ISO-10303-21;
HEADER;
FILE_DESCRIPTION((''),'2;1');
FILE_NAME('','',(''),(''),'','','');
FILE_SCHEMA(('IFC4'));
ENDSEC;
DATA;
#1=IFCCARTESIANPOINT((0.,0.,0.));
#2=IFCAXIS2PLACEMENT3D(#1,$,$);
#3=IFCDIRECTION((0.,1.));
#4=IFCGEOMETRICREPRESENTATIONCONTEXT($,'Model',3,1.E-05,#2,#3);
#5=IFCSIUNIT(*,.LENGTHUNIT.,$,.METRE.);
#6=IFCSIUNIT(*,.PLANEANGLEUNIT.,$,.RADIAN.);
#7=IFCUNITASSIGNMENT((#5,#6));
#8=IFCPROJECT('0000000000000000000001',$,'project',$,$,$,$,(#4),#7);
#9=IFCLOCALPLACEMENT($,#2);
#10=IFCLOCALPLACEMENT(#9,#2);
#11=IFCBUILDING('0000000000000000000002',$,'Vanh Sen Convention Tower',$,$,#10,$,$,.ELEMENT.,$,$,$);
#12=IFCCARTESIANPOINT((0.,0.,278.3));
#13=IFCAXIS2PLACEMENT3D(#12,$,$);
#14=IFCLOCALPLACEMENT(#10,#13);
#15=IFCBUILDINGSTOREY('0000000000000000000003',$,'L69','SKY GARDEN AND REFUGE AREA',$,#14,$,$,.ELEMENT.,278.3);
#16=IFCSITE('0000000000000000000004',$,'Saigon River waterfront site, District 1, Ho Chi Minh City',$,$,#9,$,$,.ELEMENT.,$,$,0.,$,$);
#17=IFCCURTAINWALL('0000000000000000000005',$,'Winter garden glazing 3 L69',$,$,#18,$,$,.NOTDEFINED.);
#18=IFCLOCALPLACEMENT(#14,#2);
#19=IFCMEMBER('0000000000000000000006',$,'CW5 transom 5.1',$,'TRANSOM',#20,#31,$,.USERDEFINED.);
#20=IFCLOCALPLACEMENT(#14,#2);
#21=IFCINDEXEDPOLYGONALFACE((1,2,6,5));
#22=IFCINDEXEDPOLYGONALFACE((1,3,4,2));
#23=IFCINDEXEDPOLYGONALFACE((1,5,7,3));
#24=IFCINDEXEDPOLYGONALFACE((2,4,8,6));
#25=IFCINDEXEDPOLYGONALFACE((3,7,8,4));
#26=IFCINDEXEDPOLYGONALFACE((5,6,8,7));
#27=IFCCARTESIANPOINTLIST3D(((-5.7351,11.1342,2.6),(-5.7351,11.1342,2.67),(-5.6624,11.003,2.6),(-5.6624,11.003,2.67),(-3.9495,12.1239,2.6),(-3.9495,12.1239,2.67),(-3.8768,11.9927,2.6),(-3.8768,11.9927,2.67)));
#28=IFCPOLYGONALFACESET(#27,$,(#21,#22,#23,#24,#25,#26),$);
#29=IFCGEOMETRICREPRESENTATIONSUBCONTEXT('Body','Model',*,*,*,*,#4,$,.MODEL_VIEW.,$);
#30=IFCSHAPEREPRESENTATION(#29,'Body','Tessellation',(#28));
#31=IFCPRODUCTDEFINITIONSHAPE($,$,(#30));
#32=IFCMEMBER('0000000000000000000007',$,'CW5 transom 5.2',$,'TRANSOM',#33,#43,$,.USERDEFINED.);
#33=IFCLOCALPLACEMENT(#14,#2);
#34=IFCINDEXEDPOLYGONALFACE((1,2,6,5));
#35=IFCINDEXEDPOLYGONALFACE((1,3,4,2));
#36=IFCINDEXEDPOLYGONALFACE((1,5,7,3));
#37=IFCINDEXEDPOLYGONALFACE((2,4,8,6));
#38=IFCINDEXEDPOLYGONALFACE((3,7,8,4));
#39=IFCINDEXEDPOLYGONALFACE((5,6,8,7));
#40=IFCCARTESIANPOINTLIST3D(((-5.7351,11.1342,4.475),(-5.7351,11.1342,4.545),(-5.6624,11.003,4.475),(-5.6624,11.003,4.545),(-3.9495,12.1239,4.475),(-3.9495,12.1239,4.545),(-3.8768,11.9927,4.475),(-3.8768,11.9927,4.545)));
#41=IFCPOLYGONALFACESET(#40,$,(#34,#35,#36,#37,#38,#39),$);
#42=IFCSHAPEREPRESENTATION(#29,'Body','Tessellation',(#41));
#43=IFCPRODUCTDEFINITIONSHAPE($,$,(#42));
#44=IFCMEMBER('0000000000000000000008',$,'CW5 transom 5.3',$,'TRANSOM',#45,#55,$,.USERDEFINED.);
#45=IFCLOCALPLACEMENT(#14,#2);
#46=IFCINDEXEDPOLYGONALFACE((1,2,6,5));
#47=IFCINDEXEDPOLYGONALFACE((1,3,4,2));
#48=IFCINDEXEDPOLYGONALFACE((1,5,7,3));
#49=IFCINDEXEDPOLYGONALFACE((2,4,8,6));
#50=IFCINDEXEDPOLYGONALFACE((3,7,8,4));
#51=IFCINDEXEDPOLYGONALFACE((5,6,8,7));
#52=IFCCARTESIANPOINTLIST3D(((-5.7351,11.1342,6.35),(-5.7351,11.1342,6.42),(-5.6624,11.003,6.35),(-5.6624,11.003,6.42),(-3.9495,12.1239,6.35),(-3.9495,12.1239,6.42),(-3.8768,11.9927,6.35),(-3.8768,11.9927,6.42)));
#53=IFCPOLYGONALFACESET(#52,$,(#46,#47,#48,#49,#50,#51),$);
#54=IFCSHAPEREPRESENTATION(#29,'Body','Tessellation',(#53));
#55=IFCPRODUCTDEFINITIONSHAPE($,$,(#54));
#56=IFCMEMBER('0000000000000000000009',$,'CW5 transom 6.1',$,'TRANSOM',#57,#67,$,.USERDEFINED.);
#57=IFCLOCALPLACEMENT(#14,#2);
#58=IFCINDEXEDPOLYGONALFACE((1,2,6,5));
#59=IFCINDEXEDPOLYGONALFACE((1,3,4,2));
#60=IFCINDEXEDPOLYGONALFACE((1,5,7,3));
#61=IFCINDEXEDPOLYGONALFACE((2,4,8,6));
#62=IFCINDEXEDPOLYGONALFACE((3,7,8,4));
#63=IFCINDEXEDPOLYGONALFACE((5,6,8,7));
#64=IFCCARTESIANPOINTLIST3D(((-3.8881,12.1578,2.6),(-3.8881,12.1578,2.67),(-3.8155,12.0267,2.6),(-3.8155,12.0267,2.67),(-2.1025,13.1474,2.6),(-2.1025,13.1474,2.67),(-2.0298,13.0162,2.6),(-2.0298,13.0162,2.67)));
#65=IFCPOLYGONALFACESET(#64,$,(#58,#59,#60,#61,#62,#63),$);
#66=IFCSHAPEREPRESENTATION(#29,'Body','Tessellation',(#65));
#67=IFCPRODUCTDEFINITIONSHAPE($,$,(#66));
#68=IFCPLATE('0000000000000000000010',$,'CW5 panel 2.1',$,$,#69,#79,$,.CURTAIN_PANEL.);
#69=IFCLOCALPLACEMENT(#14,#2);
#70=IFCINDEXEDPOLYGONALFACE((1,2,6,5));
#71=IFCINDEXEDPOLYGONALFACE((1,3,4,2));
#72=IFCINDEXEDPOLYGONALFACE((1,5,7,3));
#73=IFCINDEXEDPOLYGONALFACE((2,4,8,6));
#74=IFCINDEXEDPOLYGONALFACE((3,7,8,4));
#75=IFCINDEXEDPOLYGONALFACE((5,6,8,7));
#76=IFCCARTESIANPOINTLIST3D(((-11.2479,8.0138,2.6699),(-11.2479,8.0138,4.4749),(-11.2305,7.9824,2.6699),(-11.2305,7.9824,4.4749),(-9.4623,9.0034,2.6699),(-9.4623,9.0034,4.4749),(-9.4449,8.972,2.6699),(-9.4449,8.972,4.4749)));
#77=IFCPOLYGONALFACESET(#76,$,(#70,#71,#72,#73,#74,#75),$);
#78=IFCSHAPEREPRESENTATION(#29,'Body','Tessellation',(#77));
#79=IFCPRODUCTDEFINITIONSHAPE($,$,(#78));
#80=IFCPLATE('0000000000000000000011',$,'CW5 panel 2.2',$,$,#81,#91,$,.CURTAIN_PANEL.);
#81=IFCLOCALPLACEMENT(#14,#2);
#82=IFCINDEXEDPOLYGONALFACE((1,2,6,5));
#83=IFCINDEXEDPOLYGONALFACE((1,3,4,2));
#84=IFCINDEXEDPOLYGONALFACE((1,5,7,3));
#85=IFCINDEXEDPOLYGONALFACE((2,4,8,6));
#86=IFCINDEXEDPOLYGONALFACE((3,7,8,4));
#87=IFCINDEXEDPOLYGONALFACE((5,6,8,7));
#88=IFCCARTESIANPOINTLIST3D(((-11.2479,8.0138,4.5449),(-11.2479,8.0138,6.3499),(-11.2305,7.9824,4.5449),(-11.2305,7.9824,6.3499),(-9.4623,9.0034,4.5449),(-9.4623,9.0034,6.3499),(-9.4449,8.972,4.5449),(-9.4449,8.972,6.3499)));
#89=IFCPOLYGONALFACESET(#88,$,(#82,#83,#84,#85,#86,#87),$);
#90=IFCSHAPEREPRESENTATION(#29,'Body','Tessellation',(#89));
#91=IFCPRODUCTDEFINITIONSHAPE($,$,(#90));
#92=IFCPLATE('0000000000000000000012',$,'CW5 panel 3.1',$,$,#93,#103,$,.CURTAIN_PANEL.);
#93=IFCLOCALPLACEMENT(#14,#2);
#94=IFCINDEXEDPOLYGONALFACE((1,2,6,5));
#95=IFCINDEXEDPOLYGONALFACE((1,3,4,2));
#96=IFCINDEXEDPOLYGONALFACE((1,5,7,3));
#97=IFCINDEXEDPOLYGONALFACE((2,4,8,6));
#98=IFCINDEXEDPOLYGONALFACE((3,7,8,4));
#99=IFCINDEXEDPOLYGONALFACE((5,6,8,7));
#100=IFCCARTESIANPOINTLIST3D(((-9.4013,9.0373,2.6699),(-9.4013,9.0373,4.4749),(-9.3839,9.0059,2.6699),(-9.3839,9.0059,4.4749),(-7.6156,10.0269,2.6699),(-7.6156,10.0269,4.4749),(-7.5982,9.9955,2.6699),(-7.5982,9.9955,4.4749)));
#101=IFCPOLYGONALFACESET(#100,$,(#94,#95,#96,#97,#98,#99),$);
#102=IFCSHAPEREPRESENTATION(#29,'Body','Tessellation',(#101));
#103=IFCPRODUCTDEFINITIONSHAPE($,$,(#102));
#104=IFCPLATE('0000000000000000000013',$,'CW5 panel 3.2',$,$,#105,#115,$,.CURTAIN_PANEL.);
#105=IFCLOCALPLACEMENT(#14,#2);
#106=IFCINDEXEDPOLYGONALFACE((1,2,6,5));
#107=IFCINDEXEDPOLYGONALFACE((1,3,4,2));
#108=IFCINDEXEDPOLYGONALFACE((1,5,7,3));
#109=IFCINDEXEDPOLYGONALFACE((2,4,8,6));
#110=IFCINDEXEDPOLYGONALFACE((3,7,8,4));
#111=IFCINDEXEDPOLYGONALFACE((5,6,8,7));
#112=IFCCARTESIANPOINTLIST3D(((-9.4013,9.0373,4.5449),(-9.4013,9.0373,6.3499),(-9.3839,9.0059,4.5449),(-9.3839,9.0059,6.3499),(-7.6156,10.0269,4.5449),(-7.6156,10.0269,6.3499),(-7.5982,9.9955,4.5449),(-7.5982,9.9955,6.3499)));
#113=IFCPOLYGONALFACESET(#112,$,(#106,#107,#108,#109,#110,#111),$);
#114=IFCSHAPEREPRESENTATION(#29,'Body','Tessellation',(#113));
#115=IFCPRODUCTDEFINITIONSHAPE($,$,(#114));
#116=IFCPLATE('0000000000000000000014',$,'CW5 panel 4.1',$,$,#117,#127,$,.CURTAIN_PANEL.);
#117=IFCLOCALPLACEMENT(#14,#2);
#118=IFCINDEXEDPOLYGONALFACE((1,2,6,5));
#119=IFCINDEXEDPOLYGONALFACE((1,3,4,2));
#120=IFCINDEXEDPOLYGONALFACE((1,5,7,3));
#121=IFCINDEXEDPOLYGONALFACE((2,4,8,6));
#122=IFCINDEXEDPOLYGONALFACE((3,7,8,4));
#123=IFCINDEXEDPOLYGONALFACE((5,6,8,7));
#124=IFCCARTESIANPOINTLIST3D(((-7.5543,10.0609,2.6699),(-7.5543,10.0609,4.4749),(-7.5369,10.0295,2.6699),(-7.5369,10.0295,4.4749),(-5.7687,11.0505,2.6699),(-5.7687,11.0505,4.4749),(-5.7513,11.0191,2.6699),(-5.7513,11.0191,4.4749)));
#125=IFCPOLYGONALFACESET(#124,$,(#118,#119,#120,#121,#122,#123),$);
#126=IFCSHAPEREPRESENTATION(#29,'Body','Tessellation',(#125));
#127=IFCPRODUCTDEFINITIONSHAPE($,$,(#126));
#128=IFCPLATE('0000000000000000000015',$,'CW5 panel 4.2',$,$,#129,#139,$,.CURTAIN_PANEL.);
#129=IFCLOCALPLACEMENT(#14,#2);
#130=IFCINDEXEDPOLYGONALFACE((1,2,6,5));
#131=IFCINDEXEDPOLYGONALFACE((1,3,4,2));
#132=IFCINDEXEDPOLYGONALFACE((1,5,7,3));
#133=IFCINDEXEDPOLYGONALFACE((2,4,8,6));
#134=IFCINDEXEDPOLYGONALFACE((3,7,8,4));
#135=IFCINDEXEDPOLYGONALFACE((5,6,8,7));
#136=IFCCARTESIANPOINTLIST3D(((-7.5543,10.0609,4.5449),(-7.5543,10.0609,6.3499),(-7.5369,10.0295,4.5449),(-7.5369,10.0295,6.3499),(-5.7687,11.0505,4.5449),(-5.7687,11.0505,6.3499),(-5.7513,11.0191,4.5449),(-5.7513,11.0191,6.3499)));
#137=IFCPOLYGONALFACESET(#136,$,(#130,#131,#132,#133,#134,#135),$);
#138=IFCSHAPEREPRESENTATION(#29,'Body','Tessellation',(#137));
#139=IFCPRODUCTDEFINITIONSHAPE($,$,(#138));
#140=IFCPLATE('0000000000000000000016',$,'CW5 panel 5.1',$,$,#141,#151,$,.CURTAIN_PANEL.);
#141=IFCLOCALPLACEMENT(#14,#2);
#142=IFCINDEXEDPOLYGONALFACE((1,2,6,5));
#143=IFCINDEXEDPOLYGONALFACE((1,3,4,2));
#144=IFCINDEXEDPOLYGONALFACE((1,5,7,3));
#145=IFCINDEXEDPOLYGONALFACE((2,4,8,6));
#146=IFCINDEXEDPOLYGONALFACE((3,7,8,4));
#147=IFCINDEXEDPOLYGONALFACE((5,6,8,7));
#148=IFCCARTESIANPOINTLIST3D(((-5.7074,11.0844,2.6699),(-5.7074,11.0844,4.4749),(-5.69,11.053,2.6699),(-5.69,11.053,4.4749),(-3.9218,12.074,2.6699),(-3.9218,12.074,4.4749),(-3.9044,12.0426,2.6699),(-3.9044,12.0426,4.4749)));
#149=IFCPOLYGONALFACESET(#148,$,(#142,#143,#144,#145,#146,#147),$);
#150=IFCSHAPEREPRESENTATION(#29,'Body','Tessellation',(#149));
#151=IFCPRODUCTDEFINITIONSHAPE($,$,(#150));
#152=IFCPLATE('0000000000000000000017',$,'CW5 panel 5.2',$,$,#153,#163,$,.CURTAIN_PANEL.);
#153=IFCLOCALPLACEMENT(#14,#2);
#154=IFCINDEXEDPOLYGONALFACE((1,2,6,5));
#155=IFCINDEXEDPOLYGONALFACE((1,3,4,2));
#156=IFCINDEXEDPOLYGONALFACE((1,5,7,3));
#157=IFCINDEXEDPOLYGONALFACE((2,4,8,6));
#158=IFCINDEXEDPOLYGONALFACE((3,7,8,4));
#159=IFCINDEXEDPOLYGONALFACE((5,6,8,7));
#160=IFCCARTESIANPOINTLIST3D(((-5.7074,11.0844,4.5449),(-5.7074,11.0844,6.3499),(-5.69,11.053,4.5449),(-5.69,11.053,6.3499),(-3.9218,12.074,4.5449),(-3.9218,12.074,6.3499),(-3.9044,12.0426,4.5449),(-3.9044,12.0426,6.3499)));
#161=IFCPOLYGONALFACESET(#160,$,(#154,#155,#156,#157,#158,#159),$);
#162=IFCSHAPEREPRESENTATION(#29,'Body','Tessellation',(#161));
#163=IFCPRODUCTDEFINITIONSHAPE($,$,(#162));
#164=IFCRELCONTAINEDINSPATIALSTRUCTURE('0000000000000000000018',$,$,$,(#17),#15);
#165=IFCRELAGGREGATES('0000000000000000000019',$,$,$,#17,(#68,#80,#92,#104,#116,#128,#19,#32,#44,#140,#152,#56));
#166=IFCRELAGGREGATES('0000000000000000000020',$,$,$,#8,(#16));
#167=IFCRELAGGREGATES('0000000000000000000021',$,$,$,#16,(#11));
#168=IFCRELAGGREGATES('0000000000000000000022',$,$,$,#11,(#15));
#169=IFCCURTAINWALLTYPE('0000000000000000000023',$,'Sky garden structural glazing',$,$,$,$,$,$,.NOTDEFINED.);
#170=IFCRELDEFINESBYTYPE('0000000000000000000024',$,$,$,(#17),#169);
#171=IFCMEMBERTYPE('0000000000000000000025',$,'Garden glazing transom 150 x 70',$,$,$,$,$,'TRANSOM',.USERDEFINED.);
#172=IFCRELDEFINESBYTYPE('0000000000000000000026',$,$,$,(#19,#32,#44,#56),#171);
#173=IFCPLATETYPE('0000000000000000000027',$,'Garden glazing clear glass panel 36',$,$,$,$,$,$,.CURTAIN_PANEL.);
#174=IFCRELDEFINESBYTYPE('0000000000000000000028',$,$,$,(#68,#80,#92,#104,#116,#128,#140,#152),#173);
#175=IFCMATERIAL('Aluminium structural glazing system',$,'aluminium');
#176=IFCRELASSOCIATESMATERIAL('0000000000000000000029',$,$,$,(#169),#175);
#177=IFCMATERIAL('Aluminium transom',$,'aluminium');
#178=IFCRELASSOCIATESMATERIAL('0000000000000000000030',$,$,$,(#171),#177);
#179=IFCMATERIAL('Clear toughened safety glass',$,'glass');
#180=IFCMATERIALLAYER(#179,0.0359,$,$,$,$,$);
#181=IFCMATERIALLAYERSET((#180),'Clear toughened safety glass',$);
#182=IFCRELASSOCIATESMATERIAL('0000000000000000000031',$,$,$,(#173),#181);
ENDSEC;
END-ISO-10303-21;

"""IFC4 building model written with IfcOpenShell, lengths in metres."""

from ifc_helpers import new_model, si_unit, direction, frame, origin, origin_2d, place, context, subcontext, project, spatial, rectangle, extrude, material, layer, layer_set, material_profile, profile_set, type_object, element, aggregate, save


model = new_model("IFC4")

# Units and contexts
model_context = context("Model", 3, precision=1e-05, world=origin(), true_north=direction((0.0, 1.0)))
body_context = subcontext(model_context, "Body", "Model", "MODEL_VIEW")
ifc_project = project(units=[si_unit("LENGTHUNIT", "METRE"), si_unit("PLANEANGLEUNIT", "RADIAN")], contexts=[model_context])

# Site, building, storey
site_placement = place(None, origin())
site = spatial("IfcSite", under=ifc_project, at=site_placement, Name="Saigon River waterfront site, District 1, Ho Chi Minh City", CompositionType="ELEMENT", RefElevation=0.0)
building_placement = place(site_placement, origin())
building = spatial("IfcBuilding", under=site, at=building_placement, Name="Vanh Sen Convention Tower", CompositionType="ELEMENT")
storey_placement = place(building_placement, frame((0.0, 0.0, 278.3)))
storey = spatial("IfcBuildingStorey", under=building, at=storey_placement, Name="L69", Description="SKY GARDEN AND REFUGE AREA", CompositionType="ELEMENT", Elevation=278.3)

# Curtain wall, members, plates
ifc_material_1 = material(Name="Aluminium structural glazing system", Category="aluminium")
curtain_wall_type = type_object("IfcCurtainWallType", Name="Sky garden structural glazing", PredefinedType="NOTDEFINED", material=ifc_material_1)
curtain_wall_placement = place(storey_placement, origin())
curtain_wall = element("IfcCurtainWall", 1, at=curtain_wall_placement, inside=storey, type_object=curtain_wall_type, Name="Winter garden glazing 3 L69", PredefinedType="NOTDEFINED")
ifc_material_2 = material(Name="Aluminium transom", Category="aluminium")
ifc_material_profile_1 = material_profile(ifc_material_2, rectangle(XDim=0.1499, YDim=0.0701, at=origin_2d()), Name="Garden glazing transom 150 x 70")
ifc_profile_set_1 = profile_set([ifc_material_profile_1], Name="Aluminium transom")
member_type_1 = type_object("IfcMemberType", Name="Garden glazing transom 150 x 70", ElementType="TRANSOM", PredefinedType="USERDEFINED", material=ifc_profile_set_1)
member_1_placement = place(storey_placement, frame((-5.6987, 11.0686, 2.635), z_axis=(0.874631, 0.48479, 0.0), x_axis=(-0.48479, 0.874631, 0.0)))
member_1 = element("IfcMember", 2, at=member_1_placement, type_object=member_type_1, Name="CW5 transom 5.1", ObjectType="TRANSOM", PredefinedType="USERDEFINED", context=body_context, shape_type="SweptSolid", body=[
    extrude(rectangle(XDim=0.1499, YDim=0.0701, at=origin_2d()), origin(), (0.0, 0.0, 1.0), 2.0415),
])
member_2_placement = place(storey_placement, frame((-5.6987, 11.0686, 4.51), z_axis=(0.874631, 0.48479, 0.0), x_axis=(-0.48479, 0.874631, 0.0)))
member_2 = element("IfcMember", 3, at=member_2_placement, type_object=member_type_1, Name="CW5 transom 5.2", ObjectType="TRANSOM", PredefinedType="USERDEFINED", context=body_context, shape_type="SweptSolid", body=[
    extrude(rectangle(XDim=0.1499, YDim=0.0701, at=origin_2d()), origin(), (0.0, 0.0, 1.0), 2.0415),
])
member_3_placement = place(storey_placement, frame((-5.6987, 11.0686, 6.385), z_axis=(0.874631, 0.48479, 0.0), x_axis=(-0.48479, 0.874631, 0.0)))
member_3 = element("IfcMember", 4, at=member_3_placement, type_object=member_type_1, Name="CW5 transom 5.3", ObjectType="TRANSOM", PredefinedType="USERDEFINED", context=body_context, shape_type="SweptSolid", body=[
    extrude(rectangle(XDim=0.1499, YDim=0.0701, at=origin_2d()), origin(), (0.0, 0.0, 1.0), 2.0415),
])
member_4_placement = place(storey_placement, frame((-3.8518, 12.0923, 2.635), z_axis=(0.874681, 0.484698, 0.0), x_axis=(-0.484698, 0.874681, 0.0)))
member_4 = element("IfcMember", 5, at=member_4_placement, type_object=member_type_1, Name="CW5 transom 6.1", ObjectType="TRANSOM", PredefinedType="USERDEFINED", context=body_context, shape_type="SweptSolid", body=[
    extrude(rectangle(XDim=0.1499, YDim=0.0701, at=origin_2d()), origin(), (0.0, 0.0, 1.0), 2.0415),
])
ifc_material_3 = material(Name="Clear toughened safety glass", Category="glass")
ifc_layer_1 = layer(ifc_material_3, 0.0359)
ifc_layer_set_1 = layer_set([ifc_layer_1], Name="Clear toughened safety glass")
plate_type = type_object("IfcPlateType", Name="Garden glazing clear glass panel 36", PredefinedType="CURTAIN_PANEL", material=ifc_layer_set_1)
plate_1_placement = place(storey_placement, frame((-10.3464, 8.4929, 2.6699), z_axis=(0.0, 0.0, 1.0), x_axis=(0.874659, 0.484739, 0.0)))
plate_1 = element("IfcPlate", 6, at=plate_1_placement, type_object=plate_type, Name="CW5 panel 2.1", PredefinedType="CURTAIN_PANEL", context=body_context, shape_type="SweptSolid", body=[
    extrude(rectangle(XDim=2.0415, YDim=0.0359, at=origin_2d()), origin(), (0.0, 0.0, 1.0), 1.8049),
])
plate_2_placement = place(storey_placement, frame((-10.3464, 8.4929, 4.5449), z_axis=(0.0, 0.0, 1.0), x_axis=(0.874659, 0.484739, 0.0)))
plate_2 = element("IfcPlate", 7, at=plate_2_placement, type_object=plate_type, Name="CW5 panel 2.2", PredefinedType="CURTAIN_PANEL", context=body_context, shape_type="SweptSolid", body=[
    extrude(rectangle(XDim=2.0415, YDim=0.0359, at=origin_2d()), origin(), (0.0, 0.0, 1.0), 1.8049),
])
plate_3_placement = place(storey_placement, frame((-8.4998, 9.5164, 2.6699), z_axis=(0.0, 0.0, 1.0), x_axis=(0.874659, 0.484739, 0.0)))
plate_3 = element("IfcPlate", 8, at=plate_3_placement, type_object=plate_type, Name="CW5 panel 3.1", PredefinedType="CURTAIN_PANEL", context=body_context, shape_type="SweptSolid", body=[
    extrude(rectangle(XDim=2.0415, YDim=0.0359, at=origin_2d()), origin(), (0.0, 0.0, 1.0), 1.8049),
])
plate_4_placement = place(storey_placement, frame((-8.4998, 9.5164, 4.5449), z_axis=(0.0, 0.0, 1.0), x_axis=(0.874659, 0.484739, 0.0)))
plate_4 = element("IfcPlate", 9, at=plate_4_placement, type_object=plate_type, Name="CW5 panel 3.2", PredefinedType="CURTAIN_PANEL", context=body_context, shape_type="SweptSolid", body=[
    extrude(rectangle(XDim=2.0415, YDim=0.0359, at=origin_2d()), origin(), (0.0, 0.0, 1.0), 1.8049),
])
plate_5_placement = place(storey_placement, frame((-6.6528, 10.54, 2.6699), z_axis=(0.0, 0.0, 1.0), x_axis=(0.874659, 0.484739, 0.0)))
plate_5 = element("IfcPlate", 10, at=plate_5_placement, type_object=plate_type, Name="CW5 panel 4.1", PredefinedType="CURTAIN_PANEL", context=body_context, shape_type="SweptSolid", body=[
    extrude(rectangle(XDim=2.0415, YDim=0.0359, at=origin_2d()), origin(), (0.0, 0.0, 1.0), 1.8049),
])
plate_6_placement = place(storey_placement, frame((-6.6528, 10.54, 4.5449), z_axis=(0.0, 0.0, 1.0), x_axis=(0.874659, 0.484739, 0.0)))
plate_6 = element("IfcPlate", 11, at=plate_6_placement, type_object=plate_type, Name="CW5 panel 4.2", PredefinedType="CURTAIN_PANEL", context=body_context, shape_type="SweptSolid", body=[
    extrude(rectangle(XDim=2.0415, YDim=0.0359, at=origin_2d()), origin(), (0.0, 0.0, 1.0), 1.8049),
])
plate_7_placement = place(storey_placement, frame((-4.8059, 11.5635, 2.6699), z_axis=(0.0, 0.0, 1.0), x_axis=(0.874659, 0.484739, 0.0)))
plate_7 = element("IfcPlate", 12, at=plate_7_placement, type_object=plate_type, Name="CW5 panel 5.1", PredefinedType="CURTAIN_PANEL", context=body_context, shape_type="SweptSolid", body=[
    extrude(rectangle(XDim=2.0415, YDim=0.0359, at=origin_2d()), origin(), (0.0, 0.0, 1.0), 1.8049),
])
plate_8_placement = place(storey_placement, frame((-4.8059, 11.5635, 4.5449), z_axis=(0.0, 0.0, 1.0), x_axis=(0.874659, 0.484739, 0.0)))
plate_8 = element("IfcPlate", 13, at=plate_8_placement, type_object=plate_type, Name="CW5 panel 5.2", PredefinedType="CURTAIN_PANEL", context=body_context, shape_type="SweptSolid", body=[
    extrude(rectangle(XDim=2.0415, YDim=0.0359, at=origin_2d()), origin(), (0.0, 0.0, 1.0), 1.8049),
])
aggregate(curtain_wall, [plate_1, plate_2, plate_3, plate_4, plate_5, plate_6, member_1, member_2, member_3, plate_7, plate_8, member_4])

save(model, "model.ifc")
